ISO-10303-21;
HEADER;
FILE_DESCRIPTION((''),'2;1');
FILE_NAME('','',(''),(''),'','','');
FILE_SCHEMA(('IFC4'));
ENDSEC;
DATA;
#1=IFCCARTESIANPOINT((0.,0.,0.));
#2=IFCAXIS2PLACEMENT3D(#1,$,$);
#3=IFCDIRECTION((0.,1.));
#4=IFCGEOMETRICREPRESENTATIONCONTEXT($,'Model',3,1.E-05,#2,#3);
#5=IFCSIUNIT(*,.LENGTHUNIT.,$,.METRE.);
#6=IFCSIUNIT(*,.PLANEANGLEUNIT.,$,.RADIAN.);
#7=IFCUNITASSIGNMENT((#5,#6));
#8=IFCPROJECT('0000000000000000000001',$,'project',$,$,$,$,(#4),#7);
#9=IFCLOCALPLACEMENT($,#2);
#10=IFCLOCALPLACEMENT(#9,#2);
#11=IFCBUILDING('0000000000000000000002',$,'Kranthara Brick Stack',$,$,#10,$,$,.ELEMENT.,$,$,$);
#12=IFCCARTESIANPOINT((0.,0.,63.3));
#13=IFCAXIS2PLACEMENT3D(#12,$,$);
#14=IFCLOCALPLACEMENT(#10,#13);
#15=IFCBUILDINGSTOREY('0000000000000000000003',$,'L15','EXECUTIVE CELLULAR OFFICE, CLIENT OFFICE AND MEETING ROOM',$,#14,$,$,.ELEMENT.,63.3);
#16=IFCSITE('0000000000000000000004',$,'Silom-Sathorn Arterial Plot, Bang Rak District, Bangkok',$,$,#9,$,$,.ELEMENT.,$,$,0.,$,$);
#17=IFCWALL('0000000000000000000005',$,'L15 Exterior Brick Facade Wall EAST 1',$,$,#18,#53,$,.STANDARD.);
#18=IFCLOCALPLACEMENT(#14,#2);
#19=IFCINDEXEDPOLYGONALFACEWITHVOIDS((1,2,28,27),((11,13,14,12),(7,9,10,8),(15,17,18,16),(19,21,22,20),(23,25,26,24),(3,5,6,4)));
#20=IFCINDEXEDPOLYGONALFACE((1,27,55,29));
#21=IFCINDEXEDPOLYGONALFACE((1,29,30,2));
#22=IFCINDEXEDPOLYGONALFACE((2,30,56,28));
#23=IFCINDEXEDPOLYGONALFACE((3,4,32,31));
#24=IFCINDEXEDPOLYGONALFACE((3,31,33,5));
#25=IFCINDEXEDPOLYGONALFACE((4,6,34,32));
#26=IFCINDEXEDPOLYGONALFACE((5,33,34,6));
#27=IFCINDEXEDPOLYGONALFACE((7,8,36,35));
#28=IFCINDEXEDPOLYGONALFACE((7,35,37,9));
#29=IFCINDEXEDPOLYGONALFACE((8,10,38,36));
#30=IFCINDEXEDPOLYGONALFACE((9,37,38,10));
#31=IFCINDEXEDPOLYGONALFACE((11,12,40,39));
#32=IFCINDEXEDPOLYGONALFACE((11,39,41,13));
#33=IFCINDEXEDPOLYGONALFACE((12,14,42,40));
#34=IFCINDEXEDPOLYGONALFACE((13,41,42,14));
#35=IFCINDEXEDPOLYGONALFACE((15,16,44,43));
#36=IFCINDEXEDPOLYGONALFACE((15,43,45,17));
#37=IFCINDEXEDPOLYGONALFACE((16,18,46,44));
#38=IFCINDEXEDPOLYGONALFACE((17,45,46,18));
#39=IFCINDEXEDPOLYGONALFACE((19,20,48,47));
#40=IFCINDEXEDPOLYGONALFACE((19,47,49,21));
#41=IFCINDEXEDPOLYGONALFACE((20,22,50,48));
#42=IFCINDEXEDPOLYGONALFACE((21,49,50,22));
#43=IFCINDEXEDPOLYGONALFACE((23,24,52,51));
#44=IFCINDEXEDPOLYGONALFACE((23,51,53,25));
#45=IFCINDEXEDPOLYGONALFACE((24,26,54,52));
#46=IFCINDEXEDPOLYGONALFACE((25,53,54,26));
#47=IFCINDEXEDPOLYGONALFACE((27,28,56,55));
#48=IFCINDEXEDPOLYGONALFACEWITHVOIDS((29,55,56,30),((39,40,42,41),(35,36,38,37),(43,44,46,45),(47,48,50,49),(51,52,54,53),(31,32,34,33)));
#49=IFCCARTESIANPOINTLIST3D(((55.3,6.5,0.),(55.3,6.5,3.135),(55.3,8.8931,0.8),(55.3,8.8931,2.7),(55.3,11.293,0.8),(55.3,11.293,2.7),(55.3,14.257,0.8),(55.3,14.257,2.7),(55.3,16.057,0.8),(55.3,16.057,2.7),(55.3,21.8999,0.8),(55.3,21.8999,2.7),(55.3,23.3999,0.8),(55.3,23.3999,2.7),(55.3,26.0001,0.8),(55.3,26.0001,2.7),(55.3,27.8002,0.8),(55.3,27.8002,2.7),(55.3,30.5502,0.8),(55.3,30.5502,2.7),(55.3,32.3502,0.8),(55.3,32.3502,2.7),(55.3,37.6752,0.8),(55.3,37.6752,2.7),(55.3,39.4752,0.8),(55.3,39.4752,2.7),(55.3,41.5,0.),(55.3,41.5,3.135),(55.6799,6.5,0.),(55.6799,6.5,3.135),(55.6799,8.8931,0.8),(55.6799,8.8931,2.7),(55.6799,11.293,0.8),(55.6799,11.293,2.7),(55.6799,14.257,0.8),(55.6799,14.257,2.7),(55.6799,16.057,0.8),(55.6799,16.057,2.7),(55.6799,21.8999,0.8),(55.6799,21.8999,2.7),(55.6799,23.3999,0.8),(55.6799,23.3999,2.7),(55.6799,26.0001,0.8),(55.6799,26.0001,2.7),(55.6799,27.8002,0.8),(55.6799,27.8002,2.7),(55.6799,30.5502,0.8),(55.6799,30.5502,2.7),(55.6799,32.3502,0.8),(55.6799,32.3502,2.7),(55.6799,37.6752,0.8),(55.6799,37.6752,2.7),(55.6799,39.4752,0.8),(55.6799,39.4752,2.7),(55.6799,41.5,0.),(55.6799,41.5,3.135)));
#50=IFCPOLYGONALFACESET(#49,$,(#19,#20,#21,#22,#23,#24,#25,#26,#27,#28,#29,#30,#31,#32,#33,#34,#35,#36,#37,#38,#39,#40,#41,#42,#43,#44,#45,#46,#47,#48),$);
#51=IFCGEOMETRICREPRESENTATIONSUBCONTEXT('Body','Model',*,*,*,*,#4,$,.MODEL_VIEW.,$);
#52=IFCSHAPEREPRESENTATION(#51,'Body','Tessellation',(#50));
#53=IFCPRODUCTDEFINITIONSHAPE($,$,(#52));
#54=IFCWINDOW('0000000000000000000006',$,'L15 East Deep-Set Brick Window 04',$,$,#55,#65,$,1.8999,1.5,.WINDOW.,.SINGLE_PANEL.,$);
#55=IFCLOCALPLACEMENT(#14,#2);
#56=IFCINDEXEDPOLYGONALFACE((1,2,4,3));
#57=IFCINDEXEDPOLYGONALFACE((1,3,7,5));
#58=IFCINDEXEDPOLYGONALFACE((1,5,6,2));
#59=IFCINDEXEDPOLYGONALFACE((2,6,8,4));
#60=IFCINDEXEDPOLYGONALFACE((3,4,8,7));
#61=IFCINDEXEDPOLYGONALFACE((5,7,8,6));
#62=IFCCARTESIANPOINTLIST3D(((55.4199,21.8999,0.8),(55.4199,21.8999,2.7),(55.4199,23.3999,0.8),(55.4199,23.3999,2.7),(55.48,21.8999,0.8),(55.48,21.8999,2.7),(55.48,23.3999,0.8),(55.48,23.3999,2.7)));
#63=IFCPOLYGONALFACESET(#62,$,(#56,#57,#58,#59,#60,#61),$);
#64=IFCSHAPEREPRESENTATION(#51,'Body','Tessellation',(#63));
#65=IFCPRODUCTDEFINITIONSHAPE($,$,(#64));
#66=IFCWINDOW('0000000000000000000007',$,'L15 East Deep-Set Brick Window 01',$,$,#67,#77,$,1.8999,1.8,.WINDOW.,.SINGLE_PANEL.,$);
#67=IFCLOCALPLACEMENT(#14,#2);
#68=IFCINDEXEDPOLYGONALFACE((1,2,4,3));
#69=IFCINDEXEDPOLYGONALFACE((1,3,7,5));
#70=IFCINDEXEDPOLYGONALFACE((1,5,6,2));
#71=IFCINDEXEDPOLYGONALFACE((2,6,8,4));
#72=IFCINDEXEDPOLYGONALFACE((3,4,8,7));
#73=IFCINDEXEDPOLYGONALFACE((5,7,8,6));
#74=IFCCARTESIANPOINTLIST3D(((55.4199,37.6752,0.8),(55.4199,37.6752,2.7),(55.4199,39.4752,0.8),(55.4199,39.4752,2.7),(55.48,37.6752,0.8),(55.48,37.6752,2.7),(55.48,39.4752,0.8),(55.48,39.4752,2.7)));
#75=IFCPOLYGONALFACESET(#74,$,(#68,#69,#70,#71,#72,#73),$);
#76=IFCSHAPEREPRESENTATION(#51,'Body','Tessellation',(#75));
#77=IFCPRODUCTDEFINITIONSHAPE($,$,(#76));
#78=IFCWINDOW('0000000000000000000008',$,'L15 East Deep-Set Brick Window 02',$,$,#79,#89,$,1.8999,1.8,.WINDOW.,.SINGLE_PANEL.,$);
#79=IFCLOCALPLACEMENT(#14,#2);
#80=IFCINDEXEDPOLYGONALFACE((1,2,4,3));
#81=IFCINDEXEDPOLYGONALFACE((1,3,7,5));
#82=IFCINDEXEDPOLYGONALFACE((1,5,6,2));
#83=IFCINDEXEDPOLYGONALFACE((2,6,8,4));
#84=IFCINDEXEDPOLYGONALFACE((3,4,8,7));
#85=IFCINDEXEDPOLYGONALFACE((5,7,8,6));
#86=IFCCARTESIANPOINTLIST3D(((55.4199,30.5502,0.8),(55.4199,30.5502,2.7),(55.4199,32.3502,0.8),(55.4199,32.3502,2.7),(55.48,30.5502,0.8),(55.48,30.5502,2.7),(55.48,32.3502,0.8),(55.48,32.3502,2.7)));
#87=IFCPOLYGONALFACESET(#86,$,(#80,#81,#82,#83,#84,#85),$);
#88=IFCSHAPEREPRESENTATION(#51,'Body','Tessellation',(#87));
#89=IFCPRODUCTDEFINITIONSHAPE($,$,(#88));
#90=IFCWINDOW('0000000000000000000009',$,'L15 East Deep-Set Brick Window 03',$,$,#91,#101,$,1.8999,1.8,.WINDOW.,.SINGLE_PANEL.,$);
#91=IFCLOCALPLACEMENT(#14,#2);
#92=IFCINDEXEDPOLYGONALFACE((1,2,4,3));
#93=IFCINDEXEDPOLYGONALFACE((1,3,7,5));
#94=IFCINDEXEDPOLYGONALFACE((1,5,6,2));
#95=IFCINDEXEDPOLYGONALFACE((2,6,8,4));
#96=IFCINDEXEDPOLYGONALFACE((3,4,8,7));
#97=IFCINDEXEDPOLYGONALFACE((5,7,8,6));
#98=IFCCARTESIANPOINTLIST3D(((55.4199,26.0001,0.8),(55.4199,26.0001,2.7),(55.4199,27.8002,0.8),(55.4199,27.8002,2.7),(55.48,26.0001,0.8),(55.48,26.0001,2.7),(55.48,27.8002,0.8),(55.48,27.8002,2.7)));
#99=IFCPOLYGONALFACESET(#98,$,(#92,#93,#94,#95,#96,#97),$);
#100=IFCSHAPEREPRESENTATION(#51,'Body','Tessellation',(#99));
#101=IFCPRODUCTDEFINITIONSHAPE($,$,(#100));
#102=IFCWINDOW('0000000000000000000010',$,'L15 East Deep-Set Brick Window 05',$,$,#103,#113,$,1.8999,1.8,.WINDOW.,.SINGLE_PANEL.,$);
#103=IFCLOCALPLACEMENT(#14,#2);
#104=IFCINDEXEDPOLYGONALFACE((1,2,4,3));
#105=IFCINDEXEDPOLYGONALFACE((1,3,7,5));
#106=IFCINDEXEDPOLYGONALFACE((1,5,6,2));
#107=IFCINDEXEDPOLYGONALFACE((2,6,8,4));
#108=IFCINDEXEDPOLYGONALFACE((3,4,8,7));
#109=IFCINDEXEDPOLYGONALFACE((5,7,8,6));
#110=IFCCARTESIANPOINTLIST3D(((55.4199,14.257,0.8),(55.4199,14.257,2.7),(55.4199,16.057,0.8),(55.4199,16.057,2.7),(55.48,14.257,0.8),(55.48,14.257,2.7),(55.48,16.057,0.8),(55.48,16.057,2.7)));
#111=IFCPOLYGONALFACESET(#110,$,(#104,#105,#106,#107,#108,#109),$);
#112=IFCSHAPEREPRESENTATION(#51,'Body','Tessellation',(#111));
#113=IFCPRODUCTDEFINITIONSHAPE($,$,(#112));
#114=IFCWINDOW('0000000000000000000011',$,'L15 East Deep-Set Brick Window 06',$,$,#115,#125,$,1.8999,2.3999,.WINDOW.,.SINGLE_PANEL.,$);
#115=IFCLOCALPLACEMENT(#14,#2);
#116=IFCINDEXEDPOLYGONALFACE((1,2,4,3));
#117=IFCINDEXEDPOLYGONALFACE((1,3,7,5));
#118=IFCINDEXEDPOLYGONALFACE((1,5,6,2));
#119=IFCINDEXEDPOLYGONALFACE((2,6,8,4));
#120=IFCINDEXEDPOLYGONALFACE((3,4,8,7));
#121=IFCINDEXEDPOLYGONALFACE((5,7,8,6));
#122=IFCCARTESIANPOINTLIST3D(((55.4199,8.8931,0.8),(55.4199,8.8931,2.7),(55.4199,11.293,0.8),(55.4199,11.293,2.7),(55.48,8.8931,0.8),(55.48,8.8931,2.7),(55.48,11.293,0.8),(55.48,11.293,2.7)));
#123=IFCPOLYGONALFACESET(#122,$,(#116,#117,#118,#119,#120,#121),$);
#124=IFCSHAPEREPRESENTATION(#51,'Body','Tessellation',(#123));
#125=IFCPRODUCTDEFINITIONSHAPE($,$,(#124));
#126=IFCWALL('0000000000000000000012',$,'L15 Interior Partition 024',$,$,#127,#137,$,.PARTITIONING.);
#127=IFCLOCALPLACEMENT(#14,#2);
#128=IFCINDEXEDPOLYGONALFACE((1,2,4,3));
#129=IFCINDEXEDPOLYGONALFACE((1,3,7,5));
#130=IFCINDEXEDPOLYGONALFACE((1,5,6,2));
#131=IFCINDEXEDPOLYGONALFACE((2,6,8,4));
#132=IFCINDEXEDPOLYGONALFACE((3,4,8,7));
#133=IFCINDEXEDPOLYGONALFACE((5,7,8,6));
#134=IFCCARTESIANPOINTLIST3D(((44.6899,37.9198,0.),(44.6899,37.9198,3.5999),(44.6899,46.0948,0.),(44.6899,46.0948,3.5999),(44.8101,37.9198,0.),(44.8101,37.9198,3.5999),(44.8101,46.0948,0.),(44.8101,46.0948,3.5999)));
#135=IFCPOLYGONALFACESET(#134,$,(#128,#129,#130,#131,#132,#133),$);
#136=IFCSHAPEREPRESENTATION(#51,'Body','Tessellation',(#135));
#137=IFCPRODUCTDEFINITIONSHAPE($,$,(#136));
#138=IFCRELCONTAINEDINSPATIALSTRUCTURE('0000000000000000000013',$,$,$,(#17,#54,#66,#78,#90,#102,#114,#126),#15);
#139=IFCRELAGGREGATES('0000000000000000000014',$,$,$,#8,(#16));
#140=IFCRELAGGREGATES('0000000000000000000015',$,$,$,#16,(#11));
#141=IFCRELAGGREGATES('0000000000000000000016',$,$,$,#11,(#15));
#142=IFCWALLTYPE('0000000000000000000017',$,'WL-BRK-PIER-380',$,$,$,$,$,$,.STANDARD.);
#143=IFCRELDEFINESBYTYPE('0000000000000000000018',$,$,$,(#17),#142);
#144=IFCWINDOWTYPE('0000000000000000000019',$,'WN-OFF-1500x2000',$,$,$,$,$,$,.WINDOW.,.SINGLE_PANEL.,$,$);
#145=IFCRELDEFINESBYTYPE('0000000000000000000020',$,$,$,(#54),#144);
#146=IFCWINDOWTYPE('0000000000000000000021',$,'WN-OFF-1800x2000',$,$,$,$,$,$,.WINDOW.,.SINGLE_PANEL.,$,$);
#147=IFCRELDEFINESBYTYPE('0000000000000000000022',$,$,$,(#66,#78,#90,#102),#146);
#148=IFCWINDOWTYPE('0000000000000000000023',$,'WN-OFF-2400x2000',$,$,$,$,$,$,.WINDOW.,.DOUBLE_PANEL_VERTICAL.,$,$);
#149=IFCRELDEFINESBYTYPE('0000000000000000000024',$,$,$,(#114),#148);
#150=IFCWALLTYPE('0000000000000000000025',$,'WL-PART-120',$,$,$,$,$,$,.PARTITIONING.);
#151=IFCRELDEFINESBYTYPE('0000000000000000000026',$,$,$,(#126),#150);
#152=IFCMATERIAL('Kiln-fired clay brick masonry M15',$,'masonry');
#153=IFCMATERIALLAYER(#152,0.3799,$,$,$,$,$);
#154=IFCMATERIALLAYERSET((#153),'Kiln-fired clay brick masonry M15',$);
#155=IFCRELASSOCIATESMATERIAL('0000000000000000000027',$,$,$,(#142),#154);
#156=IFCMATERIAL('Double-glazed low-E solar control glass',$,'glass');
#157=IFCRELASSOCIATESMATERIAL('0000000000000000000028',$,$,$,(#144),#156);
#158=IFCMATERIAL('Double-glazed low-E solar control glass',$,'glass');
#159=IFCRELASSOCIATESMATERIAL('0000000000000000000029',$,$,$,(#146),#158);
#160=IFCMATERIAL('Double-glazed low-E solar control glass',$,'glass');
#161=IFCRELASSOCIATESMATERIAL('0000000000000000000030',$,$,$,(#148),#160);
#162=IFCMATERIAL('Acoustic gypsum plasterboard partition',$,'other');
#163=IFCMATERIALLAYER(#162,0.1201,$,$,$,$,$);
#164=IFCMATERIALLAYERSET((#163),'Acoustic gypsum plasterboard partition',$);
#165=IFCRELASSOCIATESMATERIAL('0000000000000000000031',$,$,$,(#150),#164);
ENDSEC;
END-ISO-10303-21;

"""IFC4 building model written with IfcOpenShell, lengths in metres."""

from ifc_helpers import new_model, si_unit, direction, frame, frame_2d, origin, place, context, subcontext, project, spatial, rectangle, extrude, material, layer, layer_set, type_object, element, fill, save


model = new_model("IFC4")

# Units and contexts
model_context = context("Model", 3, precision=1e-05, world=origin(), true_north=direction((0.0, 1.0)))
body_context = subcontext(model_context, "Body", "Model", "MODEL_VIEW")
ifc_project = project(units=[si_unit("LENGTHUNIT", "METRE"), si_unit("PLANEANGLEUNIT", "RADIAN")], contexts=[model_context])

# Site, building, storey
site_placement = place(None, origin())
site = spatial("IfcSite", under=ifc_project, at=site_placement, Name="Silom-Sathorn Arterial Plot, Bang Rak District, Bangkok", CompositionType="ELEMENT", RefElevation=0.0)
building_placement = place(site_placement, origin())
building = spatial("IfcBuilding", under=site, at=building_placement, Name="Kranthara Brick Stack", CompositionType="ELEMENT")
storey_placement = place(building_placement, frame((0.0, 0.0, 63.3)))
storey = spatial("IfcBuildingStorey", under=building, at=storey_placement, Name="L15", Description="EXECUTIVE CELLULAR OFFICE, CLIENT OFFICE AND MEETING ROOM", CompositionType="ELEMENT", Elevation=63.3)

# Shared definitions
ifc_material_1 = material(Name="Kiln-fired clay brick masonry M15", Category="masonry")
ifc_layer_1 = layer(ifc_material_1, 0.3799)
ifc_layer_set_1 = layer_set([ifc_layer_1], Name="Kiln-fired clay brick masonry M15")
wall_type_1 = type_object("IfcWallType", Name="WL-BRK-PIER-380", PredefinedType="STANDARD", material=ifc_layer_set_1)

# Wall, openings, windows
wall_1_placement = place(storey_placement, frame((55.49, 41.5, 0.0), z_axis=(0.0, 0.0, 1.0), x_axis=(0.0, -1.0, 0.0)))
wall_1 = element("IfcWall", 1, at=wall_1_placement, inside=storey, type_object=wall_type_1, Name="L15 Exterior Brick Facade Wall EAST 1", PredefinedType="STANDARD", context=body_context, shape_type="SweptSolid", body=[
    extrude(rectangle(XDim=35.0, YDim=0.3799, at=frame_2d((17.5, 0.0))), origin(), (0.0, 0.0, 1.0), 3.135),
])
opening_1_placement = place(wall_1_placement, frame((2.0249, 0.0, 0.8)))
opening_1 = element("IfcOpeningElement", 2, at=opening_1_placement, cuts=wall_1, PredefinedType="OPENING", context=body_context, shape_type="SweptSolid", body=[
    extrude(rectangle(XDim=1.8, YDim=1.8999, at=frame_2d((0.8999, 0.95))), frame((0.0, 0.2, 0.0), z_axis=(0.0, -1.0, 0.0), x_axis=(1.0, 0.0, 0.0)), (0.0, 0.0, 1.0), 0.3999),
])
opening_2_placement = place(wall_1_placement, frame((9.1499, 0.0, 0.8)))
opening_2 = element("IfcOpeningElement", 3, at=opening_2_placement, cuts=wall_1, PredefinedType="OPENING", context=body_context, shape_type="SweptSolid", body=[
    extrude(rectangle(XDim=1.8, YDim=1.8999, at=frame_2d((0.8999, 0.95))), frame((0.0, 0.2, 0.0), z_axis=(0.0, -1.0, 0.0), x_axis=(1.0, 0.0, 0.0)), (0.0, 0.0, 1.0), 0.3999),
])
opening_3_placement = place(wall_1_placement, frame((13.7, 0.0, 0.8)))
opening_3 = element("IfcOpeningElement", 4, at=opening_3_placement, cuts=wall_1, PredefinedType="OPENING", context=body_context, shape_type="SweptSolid", body=[
    extrude(rectangle(XDim=1.8, YDim=1.8999, at=frame_2d((0.8999, 0.95))), frame((0.0, 0.2, 0.0), z_axis=(0.0, -1.0, 0.0), x_axis=(1.0, 0.0, 0.0)), (0.0, 0.0, 1.0), 0.3999),
])
opening_4_placement = place(wall_1_placement, frame((18.1001, 0.0, 0.8)))
opening_4 = element("IfcOpeningElement", 5, at=opening_4_placement, cuts=wall_1, PredefinedType="OPENING", context=body_context, shape_type="SweptSolid", body=[
    extrude(rectangle(XDim=1.5, YDim=1.8999, at=frame_2d((0.75, 0.95))), frame((0.0, 0.2, 0.0), z_axis=(0.0, -1.0, 0.0), x_axis=(1.0, 0.0, 0.0)), (0.0, 0.0, 1.0), 0.3999),
])
opening_5_placement = place(wall_1_placement, frame((25.4431, 0.0, 0.8)))
opening_5 = element("IfcOpeningElement", 6, at=opening_5_placement, cuts=wall_1, PredefinedType="OPENING", context=body_context, shape_type="SweptSolid", body=[
    extrude(rectangle(XDim=1.8, YDim=1.8999, at=frame_2d((0.8999, 0.95))), frame((0.0, 0.2, 0.0), z_axis=(0.0, -1.0, 0.0), x_axis=(1.0, 0.0, 0.0)), (0.0, 0.0, 1.0), 0.3999),
])
opening_6_placement = place(wall_1_placement, frame((30.207, 0.0, 0.8)))
opening_6 = element("IfcOpeningElement", 7, at=opening_6_placement, cuts=wall_1, PredefinedType="OPENING", context=body_context, shape_type="SweptSolid", body=[
    extrude(rectangle(XDim=2.3999, YDim=1.8999, at=frame_2d((1.2, 0.95))), frame((0.0, 0.2, 0.0), z_axis=(0.0, -1.0, 0.0), x_axis=(1.0, 0.0, 0.0)), (0.0, 0.0, 1.0), 0.3999),
])
ifc_material_2 = material(Name="Double-glazed low-E solar control glass", Category="glass")
window_type_1 = type_object("IfcWindowType", Name="WN-OFF-1500x2000", PartitioningType="SINGLE_PANEL", PredefinedType="WINDOW", material=ifc_material_2)
window_1_placement = place(opening_4_placement, origin())
window_1 = element("IfcWindow", 8, at=window_1_placement, inside=storey, type_object=window_type_1, Name="L15 East Deep-Set Brick Window 04", OverallHeight=1.8999, OverallWidth=1.5, PartitioningType="SINGLE_PANEL", PredefinedType="WINDOW", context=body_context, shape_type="SweptSolid", body=[
    extrude(rectangle(XDim=1.5, YDim=1.8999, at=frame_2d((0.75, 0.95))), frame((0.0, -0.01, 0.0), z_axis=(0.0, -1.0, 0.0), x_axis=(1.0, 0.0, 0.0)), (0.0, 0.0, 1.0), 0.0601),
])
fill(opening_4, window_1)
ifc_material_3 = material(Name="Double-glazed low-E solar control glass", Category="glass")
window_type_2 = type_object("IfcWindowType", Name="WN-OFF-1800x2000", PartitioningType="SINGLE_PANEL", PredefinedType="WINDOW", material=ifc_material_3)
window_2_placement = place(opening_1_placement, origin())
window_2 = element("IfcWindow", 9, at=window_2_placement, inside=storey, type_object=window_type_2, Name="L15 East Deep-Set Brick Window 01", OverallHeight=1.8999, OverallWidth=1.8, PartitioningType="SINGLE_PANEL", PredefinedType="WINDOW", context=body_context, shape_type="SweptSolid", body=[
    extrude(rectangle(XDim=1.8, YDim=1.8999, at=frame_2d((0.8999, 0.95))), frame((0.0, -0.01, 0.0), z_axis=(0.0, -1.0, 0.0), x_axis=(1.0, 0.0, 0.0)), (0.0, 0.0, 1.0), 0.0601),
])
fill(opening_1, window_2)
window_3_placement = place(opening_2_placement, origin())
window_3 = element("IfcWindow", 10, at=window_3_placement, inside=storey, type_object=window_type_2, Name="L15 East Deep-Set Brick Window 02", OverallHeight=1.8999, OverallWidth=1.8, PartitioningType="SINGLE_PANEL", PredefinedType="WINDOW", context=body_context, shape_type="SweptSolid", body=[
    extrude(rectangle(XDim=1.8, YDim=1.8999, at=frame_2d((0.8999, 0.95))), frame((0.0, -0.01, 0.0), z_axis=(0.0, -1.0, 0.0), x_axis=(1.0, 0.0, 0.0)), (0.0, 0.0, 1.0), 0.0601),
])
fill(opening_2, window_3)
window_4_placement = place(opening_3_placement, origin())
window_4 = element("IfcWindow", 11, at=window_4_placement, inside=storey, type_object=window_type_2, Name="L15 East Deep-Set Brick Window 03", OverallHeight=1.8999, OverallWidth=1.8, PartitioningType="SINGLE_PANEL", PredefinedType="WINDOW", context=body_context, shape_type="SweptSolid", body=[
    extrude(rectangle(XDim=1.8, YDim=1.8999, at=frame_2d((0.8999, 0.95))), frame((0.0, -0.01, 0.0), z_axis=(0.0, -1.0, 0.0), x_axis=(1.0, 0.0, 0.0)), (0.0, 0.0, 1.0), 0.0601),
])
fill(opening_3, window_4)
window_5_placement = place(opening_5_placement, origin())
window_5 = element("IfcWindow", 12, at=window_5_placement, inside=storey, type_object=window_type_2, Name="L15 East Deep-Set Brick Window 05", OverallHeight=1.8999, OverallWidth=1.8, PartitioningType="SINGLE_PANEL", PredefinedType="WINDOW", context=body_context, shape_type="SweptSolid", body=[
    extrude(rectangle(XDim=1.8, YDim=1.8999, at=frame_2d((0.8999, 0.95))), frame((0.0, -0.01, 0.0), z_axis=(0.0, -1.0, 0.0), x_axis=(1.0, 0.0, 0.0)), (0.0, 0.0, 1.0), 0.0601),
])
fill(opening_5, window_5)
ifc_material_4 = material(Name="Double-glazed low-E solar control glass", Category="glass")
window_type_3 = type_object("IfcWindowType", Name="WN-OFF-2400x2000", PartitioningType="DOUBLE_PANEL_VERTICAL", PredefinedType="WINDOW", material=ifc_material_4)
window_6_placement = place(opening_6_placement, origin())
window_6 = element("IfcWindow", 13, at=window_6_placement, inside=storey, type_object=window_type_3, Name="L15 East Deep-Set Brick Window 06", OverallHeight=1.8999, OverallWidth=2.3999, PartitioningType="SINGLE_PANEL", PredefinedType="WINDOW", context=body_context, shape_type="SweptSolid", body=[
    extrude(rectangle(XDim=2.3999, YDim=1.8999, at=frame_2d((1.2, 0.95))), frame((0.0, -0.01, 0.0), z_axis=(0.0, -1.0, 0.0), x_axis=(1.0, 0.0, 0.0)), (0.0, 0.0, 1.0), 0.0601),
])
fill(opening_6, window_6)

# Wall
ifc_material_5 = material(Name="Acoustic gypsum plasterboard partition", Category="other")
ifc_layer_2 = layer(ifc_material_5, 0.1201)
ifc_layer_set_2 = layer_set([ifc_layer_2], Name="Acoustic gypsum plasterboard partition")
wall_type_2 = type_object("IfcWallType", Name="WL-PART-120", PredefinedType="PARTITIONING", material=ifc_layer_set_2)
wall_2_placement = place(storey_placement, frame((44.75, 37.9199, 0.0), z_axis=(0.0, 0.0, 1.0), x_axis=(0.0, 1.0, 0.0)))
element("IfcWall", 14, at=wall_2_placement, inside=storey, type_object=wall_type_2, Name="L15 Interior Partition 024", PredefinedType="PARTITIONING", context=body_context, shape_type="SweptSolid", body=[
    extrude(rectangle(XDim=8.175, YDim=0.1201, at=frame_2d((4.0874, 0.0))), origin(), (0.0, 0.0, 1.0), 3.5999),
])

save(model, "model.ifc")
